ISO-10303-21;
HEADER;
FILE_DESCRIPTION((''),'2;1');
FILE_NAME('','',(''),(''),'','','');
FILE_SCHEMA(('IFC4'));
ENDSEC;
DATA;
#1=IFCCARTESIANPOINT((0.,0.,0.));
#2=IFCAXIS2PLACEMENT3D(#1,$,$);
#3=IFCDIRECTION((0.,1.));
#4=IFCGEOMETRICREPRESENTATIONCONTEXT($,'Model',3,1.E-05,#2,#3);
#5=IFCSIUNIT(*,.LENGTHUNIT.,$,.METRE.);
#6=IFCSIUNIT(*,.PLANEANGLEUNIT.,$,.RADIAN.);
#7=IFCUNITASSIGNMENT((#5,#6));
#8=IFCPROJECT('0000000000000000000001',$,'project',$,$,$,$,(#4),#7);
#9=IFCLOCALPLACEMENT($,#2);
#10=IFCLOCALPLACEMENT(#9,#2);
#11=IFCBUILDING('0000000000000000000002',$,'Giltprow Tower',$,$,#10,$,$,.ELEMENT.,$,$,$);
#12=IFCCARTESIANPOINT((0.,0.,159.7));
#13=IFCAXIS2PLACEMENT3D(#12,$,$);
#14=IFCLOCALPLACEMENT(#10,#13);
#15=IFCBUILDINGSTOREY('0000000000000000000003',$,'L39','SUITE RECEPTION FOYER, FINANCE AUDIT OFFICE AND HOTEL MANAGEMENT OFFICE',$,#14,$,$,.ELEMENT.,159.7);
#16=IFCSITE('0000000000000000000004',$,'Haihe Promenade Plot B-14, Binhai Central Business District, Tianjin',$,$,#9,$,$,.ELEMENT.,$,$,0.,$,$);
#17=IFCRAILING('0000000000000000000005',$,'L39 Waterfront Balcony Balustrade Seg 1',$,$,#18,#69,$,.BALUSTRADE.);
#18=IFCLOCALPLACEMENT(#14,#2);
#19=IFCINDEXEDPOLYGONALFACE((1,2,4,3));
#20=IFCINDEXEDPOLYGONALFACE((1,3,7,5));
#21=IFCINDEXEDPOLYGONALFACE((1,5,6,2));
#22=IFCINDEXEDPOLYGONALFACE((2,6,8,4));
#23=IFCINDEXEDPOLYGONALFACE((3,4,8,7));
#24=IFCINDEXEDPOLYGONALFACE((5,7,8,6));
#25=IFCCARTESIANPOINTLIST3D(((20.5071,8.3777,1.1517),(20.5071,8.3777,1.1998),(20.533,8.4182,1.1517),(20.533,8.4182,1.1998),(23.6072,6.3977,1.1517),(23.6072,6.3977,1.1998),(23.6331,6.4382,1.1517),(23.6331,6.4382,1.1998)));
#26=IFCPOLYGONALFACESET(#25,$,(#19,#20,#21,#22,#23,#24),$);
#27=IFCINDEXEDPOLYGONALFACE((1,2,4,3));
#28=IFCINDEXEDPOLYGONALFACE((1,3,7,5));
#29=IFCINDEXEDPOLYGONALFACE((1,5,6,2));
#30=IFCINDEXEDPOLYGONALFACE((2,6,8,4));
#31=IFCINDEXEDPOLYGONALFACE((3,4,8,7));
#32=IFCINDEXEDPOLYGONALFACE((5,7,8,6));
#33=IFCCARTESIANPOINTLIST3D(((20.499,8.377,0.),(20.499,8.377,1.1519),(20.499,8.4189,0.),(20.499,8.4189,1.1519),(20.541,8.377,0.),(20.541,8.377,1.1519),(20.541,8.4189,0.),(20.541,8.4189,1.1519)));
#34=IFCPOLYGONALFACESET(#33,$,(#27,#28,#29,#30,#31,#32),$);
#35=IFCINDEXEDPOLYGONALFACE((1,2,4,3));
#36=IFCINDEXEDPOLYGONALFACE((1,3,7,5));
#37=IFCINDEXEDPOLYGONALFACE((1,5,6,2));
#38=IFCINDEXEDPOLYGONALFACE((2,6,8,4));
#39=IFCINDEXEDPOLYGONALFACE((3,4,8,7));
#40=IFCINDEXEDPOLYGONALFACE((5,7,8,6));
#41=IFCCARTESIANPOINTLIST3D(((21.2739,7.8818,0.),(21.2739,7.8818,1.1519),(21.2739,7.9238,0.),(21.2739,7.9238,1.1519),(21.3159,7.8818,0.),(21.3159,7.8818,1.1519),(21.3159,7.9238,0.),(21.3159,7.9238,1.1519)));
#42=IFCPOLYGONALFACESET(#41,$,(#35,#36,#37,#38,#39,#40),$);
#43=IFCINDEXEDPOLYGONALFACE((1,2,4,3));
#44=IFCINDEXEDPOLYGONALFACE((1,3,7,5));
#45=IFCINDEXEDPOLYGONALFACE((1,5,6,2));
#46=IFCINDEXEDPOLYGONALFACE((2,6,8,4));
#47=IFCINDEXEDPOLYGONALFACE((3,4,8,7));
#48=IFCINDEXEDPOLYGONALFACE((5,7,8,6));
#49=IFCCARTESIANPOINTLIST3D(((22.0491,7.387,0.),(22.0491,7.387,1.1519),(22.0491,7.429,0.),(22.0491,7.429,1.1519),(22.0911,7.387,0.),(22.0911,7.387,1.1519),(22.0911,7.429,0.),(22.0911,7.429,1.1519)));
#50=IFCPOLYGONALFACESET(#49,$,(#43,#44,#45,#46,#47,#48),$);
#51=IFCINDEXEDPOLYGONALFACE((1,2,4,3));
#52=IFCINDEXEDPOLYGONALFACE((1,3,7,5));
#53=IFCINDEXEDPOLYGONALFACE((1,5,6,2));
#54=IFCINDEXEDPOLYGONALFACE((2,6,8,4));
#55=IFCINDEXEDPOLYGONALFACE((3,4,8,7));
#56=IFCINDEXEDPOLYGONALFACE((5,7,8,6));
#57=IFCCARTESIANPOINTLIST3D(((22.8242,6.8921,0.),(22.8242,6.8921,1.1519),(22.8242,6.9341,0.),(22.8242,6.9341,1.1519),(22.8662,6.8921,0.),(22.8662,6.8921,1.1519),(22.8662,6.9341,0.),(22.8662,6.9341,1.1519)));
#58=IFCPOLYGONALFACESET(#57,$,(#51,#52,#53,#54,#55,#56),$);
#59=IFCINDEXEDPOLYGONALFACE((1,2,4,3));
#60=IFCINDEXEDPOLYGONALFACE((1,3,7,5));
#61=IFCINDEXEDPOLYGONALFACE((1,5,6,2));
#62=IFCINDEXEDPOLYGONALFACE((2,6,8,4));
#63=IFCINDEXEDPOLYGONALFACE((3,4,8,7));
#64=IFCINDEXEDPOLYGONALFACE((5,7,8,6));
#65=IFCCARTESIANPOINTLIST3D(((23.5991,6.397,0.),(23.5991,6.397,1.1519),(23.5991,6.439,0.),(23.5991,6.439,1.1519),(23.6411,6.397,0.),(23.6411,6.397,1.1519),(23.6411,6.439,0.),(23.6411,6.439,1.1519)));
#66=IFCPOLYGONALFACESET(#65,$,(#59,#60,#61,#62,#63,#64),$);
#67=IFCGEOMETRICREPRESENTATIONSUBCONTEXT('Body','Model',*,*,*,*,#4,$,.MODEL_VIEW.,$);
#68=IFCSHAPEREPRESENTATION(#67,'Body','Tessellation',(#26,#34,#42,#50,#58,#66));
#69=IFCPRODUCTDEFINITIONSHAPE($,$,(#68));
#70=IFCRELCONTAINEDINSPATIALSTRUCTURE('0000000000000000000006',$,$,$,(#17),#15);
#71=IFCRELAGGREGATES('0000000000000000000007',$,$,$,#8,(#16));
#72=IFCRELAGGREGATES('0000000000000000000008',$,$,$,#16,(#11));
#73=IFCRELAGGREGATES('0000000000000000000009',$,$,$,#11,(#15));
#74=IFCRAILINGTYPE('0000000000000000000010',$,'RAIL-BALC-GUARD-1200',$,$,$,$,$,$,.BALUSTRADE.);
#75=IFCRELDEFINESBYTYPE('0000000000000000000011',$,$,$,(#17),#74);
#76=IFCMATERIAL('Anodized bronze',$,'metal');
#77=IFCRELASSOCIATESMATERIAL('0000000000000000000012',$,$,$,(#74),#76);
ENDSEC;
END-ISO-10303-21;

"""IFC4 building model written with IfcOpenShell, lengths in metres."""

from ifc_helpers import new_model, si_unit, direction, frame, origin, origin_2d, place, context, subcontext, project, spatial, rectangle, extrude, material, type_object, element, save


model = new_model("IFC4")

# Units and contexts
model_context = context("Model", 3, precision=1e-05, world=origin(), true_north=direction((0.0, 1.0)))
body_context = subcontext(model_context, "Body", "Model", "MODEL_VIEW")
ifc_project = project(units=[si_unit("LENGTHUNIT", "METRE"), si_unit("PLANEANGLEUNIT", "RADIAN")], contexts=[model_context])

# Site, building, storey
site_placement = place(None, origin())
site = spatial("IfcSite", under=ifc_project, at=site_placement, Name="Haihe Promenade Plot B-14, Binhai Central Business District, Tianjin", CompositionType="ELEMENT", RefElevation=0.0)
building_placement = place(site_placement, origin())
building = spatial("IfcBuilding", under=site, at=building_placement, Name="Giltprow Tower", CompositionType="ELEMENT")
storey_placement = place(building_placement, frame((0.0, 0.0, 159.7)))
storey = spatial("IfcBuildingStorey", under=building, at=storey_placement, Name="L39", Description="SUITE RECEPTION FOYER, FINANCE AUDIT OFFICE AND HOTEL MANAGEMENT OFFICE", CompositionType="ELEMENT", Elevation=159.7)

# Shared definitions
ifc_material_1 = material(Name="Anodized bronze", Category="metal")

# Railing
railing_type = type_object("IfcRailingType", Name="RAIL-BALC-GUARD-1200", PredefinedType="BALUSTRADE", material=ifc_material_1)
railing_1_placement = place(storey_placement, frame((20.52, 8.3979, 0.0)))
element("IfcRailing", 1, at=railing_1_placement, inside=storey, type_object=railing_type, Name="L39 Waterfront Balcony Balustrade Seg 1", PredefinedType="BALUSTRADE", context=body_context, shape_type="SweptSolid", body=[
    extrude(rectangle(XDim=0.0481, YDim=0.0481, at=origin_2d()), frame((0.0, 0.0, 1.1758), z_axis=(0.842775, -0.538266, 0.0), x_axis=(0.538266, 0.842775, 0.0)), (0.0, 0.0, 1.0), 3.6785),
    extrude(rectangle(XDim=0.042, YDim=0.042, at=origin_2d()), origin(), (0.0, 0.0, 1.0), 1.1519),
    extrude(rectangle(XDim=0.042, YDim=0.042, at=origin_2d()), frame((0.7749, -0.4951, 0.0)), (0.0, 0.0, 1.0), 1.1519),
    extrude(rectangle(XDim=0.042, YDim=0.042, at=origin_2d()), frame((1.55, -0.99, 0.0)), (0.0, 0.0, 1.0), 1.1519),
    extrude(rectangle(XDim=0.042, YDim=0.042, at=origin_2d()), frame((2.3252, -1.4849, 0.0)), (0.0, 0.0, 1.0), 1.1519),
    extrude(rectangle(XDim=0.042, YDim=0.042, at=origin_2d()), frame((3.1001, -1.98, 0.0)), (0.0, 0.0, 1.0), 1.1519),
])

save(model, "model.ifc")
